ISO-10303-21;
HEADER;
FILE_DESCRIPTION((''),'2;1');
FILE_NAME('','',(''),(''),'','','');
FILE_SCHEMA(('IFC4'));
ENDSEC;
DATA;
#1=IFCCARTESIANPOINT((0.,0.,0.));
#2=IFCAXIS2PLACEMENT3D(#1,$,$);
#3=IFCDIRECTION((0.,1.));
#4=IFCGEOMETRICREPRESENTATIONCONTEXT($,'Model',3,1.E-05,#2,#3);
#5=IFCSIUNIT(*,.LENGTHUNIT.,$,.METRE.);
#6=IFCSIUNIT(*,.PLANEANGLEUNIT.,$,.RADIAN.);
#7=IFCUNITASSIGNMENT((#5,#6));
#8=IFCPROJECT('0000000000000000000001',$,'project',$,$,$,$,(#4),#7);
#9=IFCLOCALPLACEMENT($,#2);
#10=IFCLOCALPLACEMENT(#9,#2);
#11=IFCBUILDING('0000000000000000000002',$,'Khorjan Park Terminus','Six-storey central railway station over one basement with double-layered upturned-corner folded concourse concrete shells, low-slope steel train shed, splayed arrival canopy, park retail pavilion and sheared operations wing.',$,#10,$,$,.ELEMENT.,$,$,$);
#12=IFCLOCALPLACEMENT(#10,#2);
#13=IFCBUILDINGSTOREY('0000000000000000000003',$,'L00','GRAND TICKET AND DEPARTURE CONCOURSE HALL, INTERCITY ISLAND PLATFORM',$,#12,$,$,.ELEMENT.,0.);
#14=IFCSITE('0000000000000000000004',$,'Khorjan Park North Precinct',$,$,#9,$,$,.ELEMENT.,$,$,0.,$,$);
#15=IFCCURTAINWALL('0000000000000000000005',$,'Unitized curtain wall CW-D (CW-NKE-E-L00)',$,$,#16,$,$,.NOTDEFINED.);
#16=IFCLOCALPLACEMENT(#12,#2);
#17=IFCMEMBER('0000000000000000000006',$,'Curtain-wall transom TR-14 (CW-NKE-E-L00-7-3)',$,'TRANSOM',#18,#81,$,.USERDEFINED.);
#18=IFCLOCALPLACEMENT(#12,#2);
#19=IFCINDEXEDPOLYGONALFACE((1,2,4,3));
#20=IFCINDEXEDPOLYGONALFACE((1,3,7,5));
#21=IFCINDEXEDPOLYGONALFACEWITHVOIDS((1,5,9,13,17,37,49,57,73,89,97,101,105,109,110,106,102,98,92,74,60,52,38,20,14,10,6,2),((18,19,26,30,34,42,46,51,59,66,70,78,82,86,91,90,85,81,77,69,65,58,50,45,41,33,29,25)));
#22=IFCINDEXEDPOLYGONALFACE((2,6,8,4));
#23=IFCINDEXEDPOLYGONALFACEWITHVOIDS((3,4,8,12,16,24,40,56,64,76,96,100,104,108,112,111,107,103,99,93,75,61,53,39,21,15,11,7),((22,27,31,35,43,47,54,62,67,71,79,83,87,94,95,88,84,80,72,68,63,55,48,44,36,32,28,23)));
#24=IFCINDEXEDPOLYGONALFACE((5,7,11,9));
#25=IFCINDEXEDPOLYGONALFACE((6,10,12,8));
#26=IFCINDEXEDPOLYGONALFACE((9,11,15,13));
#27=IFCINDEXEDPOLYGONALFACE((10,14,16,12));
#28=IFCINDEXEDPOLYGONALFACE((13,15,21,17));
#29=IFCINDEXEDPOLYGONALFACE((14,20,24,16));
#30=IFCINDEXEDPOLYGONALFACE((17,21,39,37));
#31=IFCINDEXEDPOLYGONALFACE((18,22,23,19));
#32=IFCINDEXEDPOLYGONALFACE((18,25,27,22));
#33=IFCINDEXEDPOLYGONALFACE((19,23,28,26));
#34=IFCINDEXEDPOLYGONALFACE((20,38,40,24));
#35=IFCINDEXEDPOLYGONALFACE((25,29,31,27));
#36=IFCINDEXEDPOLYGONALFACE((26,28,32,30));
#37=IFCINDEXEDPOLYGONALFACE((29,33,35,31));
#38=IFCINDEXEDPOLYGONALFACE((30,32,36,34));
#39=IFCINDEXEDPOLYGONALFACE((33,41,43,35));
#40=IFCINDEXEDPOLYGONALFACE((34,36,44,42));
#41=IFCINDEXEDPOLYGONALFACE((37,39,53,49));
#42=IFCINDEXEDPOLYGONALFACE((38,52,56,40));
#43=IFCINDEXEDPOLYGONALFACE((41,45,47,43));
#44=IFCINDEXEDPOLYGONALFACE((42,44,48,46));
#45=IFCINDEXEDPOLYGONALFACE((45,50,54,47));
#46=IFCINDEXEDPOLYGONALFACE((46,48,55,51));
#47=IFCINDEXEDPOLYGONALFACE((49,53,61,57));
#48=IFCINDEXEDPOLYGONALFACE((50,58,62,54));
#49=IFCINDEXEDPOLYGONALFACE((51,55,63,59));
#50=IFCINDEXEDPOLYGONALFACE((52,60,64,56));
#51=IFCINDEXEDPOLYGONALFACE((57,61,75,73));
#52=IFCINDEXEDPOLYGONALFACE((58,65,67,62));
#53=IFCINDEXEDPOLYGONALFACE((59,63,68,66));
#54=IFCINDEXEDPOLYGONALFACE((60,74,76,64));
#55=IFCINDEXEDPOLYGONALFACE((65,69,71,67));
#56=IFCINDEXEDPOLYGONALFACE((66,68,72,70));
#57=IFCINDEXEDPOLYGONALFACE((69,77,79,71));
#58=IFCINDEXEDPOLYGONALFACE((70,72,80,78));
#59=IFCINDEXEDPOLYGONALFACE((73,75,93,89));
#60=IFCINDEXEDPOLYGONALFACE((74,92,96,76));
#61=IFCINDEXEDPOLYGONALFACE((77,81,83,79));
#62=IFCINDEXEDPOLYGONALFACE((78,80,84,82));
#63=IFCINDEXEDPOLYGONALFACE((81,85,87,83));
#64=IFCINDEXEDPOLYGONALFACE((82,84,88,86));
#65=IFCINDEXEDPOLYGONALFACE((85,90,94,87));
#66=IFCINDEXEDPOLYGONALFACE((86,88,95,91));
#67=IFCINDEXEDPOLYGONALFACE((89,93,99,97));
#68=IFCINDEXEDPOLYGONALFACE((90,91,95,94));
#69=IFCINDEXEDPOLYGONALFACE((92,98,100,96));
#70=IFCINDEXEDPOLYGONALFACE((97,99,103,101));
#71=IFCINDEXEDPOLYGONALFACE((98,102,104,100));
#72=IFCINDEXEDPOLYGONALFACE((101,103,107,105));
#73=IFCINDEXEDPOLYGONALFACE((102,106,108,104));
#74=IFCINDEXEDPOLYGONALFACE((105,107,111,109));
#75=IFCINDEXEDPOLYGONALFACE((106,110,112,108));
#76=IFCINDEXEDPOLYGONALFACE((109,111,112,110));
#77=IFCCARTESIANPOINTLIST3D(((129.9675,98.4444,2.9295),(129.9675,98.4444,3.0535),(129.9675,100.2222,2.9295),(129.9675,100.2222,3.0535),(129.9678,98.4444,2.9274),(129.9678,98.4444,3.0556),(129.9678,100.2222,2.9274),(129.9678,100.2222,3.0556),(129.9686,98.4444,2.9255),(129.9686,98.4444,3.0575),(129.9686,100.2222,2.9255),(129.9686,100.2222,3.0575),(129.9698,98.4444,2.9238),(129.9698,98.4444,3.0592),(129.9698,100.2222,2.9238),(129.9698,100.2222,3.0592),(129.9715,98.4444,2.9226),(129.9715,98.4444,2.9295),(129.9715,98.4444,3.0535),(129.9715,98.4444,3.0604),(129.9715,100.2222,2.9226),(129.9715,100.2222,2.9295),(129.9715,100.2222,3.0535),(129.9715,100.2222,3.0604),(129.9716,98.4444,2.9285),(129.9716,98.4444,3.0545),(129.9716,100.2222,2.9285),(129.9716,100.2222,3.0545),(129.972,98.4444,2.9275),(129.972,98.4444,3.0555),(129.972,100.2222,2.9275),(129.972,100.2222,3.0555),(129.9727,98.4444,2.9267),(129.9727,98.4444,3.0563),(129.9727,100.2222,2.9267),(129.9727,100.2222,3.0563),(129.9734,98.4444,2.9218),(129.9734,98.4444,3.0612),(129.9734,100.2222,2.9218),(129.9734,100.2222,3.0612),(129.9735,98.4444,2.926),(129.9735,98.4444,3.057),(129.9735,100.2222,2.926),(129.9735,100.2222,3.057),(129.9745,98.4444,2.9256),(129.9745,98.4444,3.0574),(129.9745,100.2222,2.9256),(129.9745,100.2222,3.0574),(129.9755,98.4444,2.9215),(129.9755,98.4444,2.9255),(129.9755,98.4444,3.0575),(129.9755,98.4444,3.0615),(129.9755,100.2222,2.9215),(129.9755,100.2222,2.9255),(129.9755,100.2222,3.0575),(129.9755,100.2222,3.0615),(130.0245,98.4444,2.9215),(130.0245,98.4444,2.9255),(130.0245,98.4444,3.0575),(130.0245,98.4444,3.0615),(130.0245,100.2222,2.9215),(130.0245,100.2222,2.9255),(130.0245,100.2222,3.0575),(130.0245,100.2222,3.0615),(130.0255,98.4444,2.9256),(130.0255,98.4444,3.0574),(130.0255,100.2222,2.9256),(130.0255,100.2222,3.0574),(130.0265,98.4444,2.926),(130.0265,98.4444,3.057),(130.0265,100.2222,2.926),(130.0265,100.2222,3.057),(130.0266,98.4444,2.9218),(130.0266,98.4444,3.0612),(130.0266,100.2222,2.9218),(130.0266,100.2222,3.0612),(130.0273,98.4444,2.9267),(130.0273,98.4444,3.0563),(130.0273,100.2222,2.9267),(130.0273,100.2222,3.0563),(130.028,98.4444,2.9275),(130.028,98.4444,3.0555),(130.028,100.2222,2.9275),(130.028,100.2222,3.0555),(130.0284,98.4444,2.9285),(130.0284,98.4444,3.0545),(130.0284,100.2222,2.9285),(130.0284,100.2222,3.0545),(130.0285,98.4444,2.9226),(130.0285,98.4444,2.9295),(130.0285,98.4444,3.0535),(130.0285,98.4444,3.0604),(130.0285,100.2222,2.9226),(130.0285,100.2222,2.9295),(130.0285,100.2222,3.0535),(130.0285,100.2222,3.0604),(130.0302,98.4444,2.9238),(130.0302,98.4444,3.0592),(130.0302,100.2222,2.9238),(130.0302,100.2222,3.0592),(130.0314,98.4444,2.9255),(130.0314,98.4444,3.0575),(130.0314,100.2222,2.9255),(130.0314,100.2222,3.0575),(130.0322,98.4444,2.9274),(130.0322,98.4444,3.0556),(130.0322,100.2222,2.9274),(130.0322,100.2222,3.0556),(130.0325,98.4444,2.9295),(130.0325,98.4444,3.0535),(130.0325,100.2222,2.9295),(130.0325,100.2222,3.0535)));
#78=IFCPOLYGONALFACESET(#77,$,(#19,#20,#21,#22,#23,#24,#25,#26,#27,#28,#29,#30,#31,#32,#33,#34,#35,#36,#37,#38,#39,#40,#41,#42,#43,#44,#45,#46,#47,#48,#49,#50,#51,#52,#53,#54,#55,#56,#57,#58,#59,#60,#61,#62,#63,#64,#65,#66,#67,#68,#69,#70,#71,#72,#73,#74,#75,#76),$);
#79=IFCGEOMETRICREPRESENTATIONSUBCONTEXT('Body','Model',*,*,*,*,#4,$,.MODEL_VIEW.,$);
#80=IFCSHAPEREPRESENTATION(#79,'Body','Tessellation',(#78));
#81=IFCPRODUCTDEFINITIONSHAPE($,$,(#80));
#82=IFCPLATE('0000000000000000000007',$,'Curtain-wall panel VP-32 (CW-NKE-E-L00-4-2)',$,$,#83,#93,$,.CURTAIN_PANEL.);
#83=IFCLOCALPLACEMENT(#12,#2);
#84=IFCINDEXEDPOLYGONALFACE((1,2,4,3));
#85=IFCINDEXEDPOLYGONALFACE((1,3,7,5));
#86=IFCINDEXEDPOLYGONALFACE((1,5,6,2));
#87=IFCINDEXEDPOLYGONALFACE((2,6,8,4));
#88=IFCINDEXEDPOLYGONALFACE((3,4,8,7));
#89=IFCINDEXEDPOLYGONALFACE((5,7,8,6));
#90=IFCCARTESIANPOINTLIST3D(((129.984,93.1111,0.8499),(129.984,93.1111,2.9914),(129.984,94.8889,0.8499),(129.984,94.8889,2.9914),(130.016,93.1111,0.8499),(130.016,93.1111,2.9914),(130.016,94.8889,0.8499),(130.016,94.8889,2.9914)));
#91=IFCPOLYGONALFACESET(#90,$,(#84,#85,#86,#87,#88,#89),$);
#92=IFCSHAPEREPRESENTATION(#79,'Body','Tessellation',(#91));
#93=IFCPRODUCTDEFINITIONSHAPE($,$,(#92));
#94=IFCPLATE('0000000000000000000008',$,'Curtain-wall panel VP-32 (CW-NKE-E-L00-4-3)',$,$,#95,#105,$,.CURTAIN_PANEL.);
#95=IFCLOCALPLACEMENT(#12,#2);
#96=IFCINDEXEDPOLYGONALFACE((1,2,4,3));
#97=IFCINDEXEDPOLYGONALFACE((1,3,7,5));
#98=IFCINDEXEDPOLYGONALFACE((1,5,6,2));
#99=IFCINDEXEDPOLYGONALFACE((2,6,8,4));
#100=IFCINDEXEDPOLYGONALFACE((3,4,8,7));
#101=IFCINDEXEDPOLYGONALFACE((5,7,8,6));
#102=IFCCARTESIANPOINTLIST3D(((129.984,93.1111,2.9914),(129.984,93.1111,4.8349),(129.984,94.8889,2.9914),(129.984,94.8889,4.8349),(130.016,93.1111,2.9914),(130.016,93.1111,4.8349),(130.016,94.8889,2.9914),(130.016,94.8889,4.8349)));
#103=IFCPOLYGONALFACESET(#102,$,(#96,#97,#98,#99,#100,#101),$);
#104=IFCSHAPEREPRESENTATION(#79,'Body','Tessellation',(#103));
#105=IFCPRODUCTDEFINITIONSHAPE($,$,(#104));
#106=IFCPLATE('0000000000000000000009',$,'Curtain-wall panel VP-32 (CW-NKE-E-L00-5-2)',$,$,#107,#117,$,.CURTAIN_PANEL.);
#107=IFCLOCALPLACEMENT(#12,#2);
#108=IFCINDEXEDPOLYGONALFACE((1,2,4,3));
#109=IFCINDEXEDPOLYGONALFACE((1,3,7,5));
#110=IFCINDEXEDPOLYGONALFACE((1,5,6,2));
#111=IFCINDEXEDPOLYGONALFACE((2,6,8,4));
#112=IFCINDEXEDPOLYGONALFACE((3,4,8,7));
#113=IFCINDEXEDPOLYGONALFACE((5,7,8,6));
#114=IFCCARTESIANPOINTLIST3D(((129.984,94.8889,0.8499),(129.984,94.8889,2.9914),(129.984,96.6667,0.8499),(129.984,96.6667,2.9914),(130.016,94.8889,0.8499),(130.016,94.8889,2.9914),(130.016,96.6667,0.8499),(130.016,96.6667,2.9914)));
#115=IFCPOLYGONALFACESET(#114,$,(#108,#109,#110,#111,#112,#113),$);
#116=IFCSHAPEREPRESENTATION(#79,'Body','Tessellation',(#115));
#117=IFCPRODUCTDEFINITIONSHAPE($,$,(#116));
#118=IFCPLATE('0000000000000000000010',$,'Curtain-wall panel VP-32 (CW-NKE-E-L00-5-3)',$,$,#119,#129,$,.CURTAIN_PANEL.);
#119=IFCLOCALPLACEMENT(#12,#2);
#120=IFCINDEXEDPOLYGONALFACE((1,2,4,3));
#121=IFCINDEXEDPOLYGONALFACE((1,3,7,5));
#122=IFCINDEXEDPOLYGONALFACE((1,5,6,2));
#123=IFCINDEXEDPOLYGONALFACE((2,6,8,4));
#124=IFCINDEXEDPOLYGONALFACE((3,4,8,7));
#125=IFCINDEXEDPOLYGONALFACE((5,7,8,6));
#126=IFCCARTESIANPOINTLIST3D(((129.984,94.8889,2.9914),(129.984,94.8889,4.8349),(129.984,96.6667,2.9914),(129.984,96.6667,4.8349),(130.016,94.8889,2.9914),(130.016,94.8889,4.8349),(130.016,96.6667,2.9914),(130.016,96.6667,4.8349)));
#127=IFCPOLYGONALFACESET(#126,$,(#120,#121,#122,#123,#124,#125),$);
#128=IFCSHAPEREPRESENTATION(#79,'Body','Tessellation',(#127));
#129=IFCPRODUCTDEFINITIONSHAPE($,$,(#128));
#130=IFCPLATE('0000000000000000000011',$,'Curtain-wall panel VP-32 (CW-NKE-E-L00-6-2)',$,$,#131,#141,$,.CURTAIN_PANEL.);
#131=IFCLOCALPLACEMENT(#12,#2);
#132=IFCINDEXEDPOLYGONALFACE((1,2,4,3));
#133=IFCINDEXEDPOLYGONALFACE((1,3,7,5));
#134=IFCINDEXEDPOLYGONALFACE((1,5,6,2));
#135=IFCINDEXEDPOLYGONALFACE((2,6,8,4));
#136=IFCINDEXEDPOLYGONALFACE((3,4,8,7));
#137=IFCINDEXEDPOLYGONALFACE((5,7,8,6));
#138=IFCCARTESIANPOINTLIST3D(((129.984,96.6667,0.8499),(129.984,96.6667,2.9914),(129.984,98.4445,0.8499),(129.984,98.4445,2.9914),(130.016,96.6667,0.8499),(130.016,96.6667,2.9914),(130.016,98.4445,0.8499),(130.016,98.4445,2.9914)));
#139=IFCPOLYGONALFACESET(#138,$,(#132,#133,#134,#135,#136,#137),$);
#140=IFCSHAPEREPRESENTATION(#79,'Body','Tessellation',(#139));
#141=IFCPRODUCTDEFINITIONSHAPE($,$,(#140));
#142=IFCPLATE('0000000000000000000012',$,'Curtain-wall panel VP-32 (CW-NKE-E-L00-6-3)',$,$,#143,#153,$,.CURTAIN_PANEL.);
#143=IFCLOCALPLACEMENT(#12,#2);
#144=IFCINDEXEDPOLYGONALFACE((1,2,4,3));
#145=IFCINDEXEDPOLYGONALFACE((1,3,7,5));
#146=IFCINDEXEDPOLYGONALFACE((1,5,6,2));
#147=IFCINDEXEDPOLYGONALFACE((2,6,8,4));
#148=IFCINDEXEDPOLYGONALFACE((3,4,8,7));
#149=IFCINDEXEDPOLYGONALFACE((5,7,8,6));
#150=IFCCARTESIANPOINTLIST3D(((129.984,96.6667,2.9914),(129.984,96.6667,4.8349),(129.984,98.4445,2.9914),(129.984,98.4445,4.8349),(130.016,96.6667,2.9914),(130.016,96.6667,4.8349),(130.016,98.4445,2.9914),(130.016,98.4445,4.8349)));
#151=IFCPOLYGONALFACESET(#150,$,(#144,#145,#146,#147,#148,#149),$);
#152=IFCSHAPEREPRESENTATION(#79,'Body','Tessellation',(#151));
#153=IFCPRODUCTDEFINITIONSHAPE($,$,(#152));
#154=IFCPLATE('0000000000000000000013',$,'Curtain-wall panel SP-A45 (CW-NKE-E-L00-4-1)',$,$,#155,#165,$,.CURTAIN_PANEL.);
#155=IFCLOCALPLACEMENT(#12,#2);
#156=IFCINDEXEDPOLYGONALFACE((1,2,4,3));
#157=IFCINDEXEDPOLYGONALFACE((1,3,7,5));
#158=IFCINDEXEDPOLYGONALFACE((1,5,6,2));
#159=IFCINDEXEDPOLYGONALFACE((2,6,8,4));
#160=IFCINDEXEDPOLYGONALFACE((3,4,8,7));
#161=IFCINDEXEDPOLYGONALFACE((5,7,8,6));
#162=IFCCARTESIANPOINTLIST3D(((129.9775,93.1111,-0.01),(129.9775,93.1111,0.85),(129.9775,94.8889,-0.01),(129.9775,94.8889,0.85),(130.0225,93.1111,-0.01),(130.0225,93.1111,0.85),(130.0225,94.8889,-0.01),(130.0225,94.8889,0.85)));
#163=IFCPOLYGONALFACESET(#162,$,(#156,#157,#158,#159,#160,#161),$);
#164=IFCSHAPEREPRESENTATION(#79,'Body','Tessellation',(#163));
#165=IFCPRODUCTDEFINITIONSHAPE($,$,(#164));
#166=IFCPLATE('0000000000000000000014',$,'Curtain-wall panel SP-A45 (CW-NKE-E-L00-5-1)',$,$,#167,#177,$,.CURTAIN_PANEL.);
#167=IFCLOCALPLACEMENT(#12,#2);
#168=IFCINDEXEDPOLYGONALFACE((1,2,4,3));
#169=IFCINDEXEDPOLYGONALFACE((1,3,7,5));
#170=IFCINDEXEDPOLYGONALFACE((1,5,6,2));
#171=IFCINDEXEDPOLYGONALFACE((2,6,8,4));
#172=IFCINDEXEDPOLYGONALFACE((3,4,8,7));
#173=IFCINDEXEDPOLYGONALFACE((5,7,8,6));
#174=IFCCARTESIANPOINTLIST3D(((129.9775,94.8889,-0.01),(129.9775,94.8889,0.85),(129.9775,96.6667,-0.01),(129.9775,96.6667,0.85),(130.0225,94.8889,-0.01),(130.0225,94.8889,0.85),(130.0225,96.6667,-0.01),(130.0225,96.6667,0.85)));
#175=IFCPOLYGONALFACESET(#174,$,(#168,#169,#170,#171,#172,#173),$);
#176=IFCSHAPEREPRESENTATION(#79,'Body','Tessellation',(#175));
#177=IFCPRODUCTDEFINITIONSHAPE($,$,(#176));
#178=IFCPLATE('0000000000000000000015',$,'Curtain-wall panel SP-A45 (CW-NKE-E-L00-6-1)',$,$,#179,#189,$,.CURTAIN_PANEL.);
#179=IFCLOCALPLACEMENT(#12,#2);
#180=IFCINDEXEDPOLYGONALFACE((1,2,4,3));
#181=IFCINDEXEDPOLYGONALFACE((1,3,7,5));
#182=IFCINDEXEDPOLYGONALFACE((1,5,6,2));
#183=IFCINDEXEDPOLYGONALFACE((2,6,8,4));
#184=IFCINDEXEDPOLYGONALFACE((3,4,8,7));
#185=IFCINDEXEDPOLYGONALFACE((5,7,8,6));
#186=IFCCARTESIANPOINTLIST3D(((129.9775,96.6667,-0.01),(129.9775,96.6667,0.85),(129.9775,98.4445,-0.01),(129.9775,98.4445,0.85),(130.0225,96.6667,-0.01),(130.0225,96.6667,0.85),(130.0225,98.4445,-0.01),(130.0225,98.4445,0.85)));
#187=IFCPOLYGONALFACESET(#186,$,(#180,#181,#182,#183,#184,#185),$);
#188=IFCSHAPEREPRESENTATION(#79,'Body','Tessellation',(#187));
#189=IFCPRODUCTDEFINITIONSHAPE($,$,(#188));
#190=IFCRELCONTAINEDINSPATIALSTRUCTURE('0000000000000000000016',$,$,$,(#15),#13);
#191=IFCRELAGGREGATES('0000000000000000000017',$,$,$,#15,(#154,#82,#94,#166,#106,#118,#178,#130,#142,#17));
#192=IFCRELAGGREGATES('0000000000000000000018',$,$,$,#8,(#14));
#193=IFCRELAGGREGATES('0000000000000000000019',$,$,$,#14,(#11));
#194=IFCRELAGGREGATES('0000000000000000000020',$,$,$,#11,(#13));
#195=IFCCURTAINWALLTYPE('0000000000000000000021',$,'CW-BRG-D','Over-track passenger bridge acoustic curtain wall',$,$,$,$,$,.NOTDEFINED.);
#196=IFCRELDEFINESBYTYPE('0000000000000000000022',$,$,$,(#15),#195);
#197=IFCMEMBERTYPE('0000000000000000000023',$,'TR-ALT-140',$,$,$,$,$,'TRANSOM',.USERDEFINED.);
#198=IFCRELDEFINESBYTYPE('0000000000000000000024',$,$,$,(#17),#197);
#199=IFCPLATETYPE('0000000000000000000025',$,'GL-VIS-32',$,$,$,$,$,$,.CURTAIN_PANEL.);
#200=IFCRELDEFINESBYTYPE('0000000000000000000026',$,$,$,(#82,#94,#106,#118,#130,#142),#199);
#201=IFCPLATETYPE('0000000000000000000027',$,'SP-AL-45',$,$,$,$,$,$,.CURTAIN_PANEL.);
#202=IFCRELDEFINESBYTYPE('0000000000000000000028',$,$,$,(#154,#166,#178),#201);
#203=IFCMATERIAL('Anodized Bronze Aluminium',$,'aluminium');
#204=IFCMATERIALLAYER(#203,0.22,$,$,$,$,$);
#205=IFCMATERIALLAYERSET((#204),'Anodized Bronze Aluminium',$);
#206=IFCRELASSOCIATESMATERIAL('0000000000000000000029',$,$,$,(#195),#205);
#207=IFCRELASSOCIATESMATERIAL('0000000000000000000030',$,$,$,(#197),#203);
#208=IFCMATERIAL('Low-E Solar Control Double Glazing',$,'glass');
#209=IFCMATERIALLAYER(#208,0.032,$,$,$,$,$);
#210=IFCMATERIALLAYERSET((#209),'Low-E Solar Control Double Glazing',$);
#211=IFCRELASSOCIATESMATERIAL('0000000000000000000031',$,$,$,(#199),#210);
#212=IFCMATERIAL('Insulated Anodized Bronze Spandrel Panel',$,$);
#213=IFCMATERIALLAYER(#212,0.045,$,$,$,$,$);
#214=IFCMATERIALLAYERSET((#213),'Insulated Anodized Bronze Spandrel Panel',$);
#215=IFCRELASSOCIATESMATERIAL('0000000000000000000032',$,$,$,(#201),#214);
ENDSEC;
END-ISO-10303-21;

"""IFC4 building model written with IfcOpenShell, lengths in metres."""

from ifc_helpers import new_model, si_unit, direction, frame, origin, origin_2d, place, context, subcontext, project, spatial, rectangle, hollow_rectangle, extrude, material, layer, layer_set, material_profile, profile_set, type_object, element, aggregate, save


model = new_model("IFC4")

# Units and contexts
model_context = context("Model", 3, precision=1e-05, world=origin(), true_north=direction((0.0, 1.0)))
body_context = subcontext(model_context, "Body", "Model", "MODEL_VIEW")
ifc_project = project(units=[si_unit("LENGTHUNIT", "METRE"), si_unit("PLANEANGLEUNIT", "RADIAN")], contexts=[model_context])

# Site, building, storey
site_placement = place(None, origin())
site = spatial("IfcSite", under=ifc_project, at=site_placement, Name="Khorjan Park North Precinct", CompositionType="ELEMENT", RefElevation=0.0)
building_placement = place(site_placement, origin())
building = spatial("IfcBuilding", under=site, at=building_placement, Name="Khorjan Park Terminus", Description="Six-storey central railway station over one basement with double-layered upturned-corner folded concourse concrete shells, low-slope steel train shed, splayed arrival canopy, park retail pavilion and sheared operations wing.", CompositionType="ELEMENT")
storey_placement = place(building_placement, origin())
storey = spatial("IfcBuildingStorey", under=building, at=storey_placement, Name="L00", Description="GRAND TICKET AND DEPARTURE CONCOURSE HALL, INTERCITY ISLAND PLATFORM", CompositionType="ELEMENT", Elevation=0.0)

# Curtain wall, member, plates
ifc_material_1 = material(Name="Anodized Bronze Aluminium", Category="aluminium")
ifc_layer_1 = layer(ifc_material_1, 0.22)
ifc_layer_set_1 = layer_set([ifc_layer_1], Name="Anodized Bronze Aluminium")
curtain_wall_type = type_object("IfcCurtainWallType", Name="CW-BRG-D", Description="Over-track passenger bridge acoustic curtain wall", PredefinedType="NOTDEFINED", material=ifc_layer_set_1)
curtain_wall_placement = place(storey_placement, origin())
curtain_wall = element("IfcCurtainWall", 1, at=curtain_wall_placement, inside=storey, type_object=curtain_wall_type, Name="Unitized curtain wall CW-D (CW-NKE-E-L00)", PredefinedType="NOTDEFINED")
ifc_material_profile_1 = material_profile(ifc_material_1, hollow_rectangle(XDim=0.065, YDim=0.14, WallThickness=0.004, InnerFilletRadius=0.004, OuterFilletRadius=0.008, at=origin_2d()), Name="ALT 65x140x4")
ifc_profile_set_1 = profile_set([ifc_material_profile_1], Name="Anodized Bronze Aluminium")
member_type_1 = type_object("IfcMemberType", Name="TR-ALT-140", ElementType="TRANSOM", PredefinedType="USERDEFINED", material=ifc_profile_set_1)
member_1_placement = place(storey_placement, frame((130.0, 98.4444, 2.9915), z_axis=(0.0, 1.0, 0.0), x_axis=(-1.0, 0.0, 0.0)))
member_1 = element("IfcMember", 2, at=member_1_placement, type_object=member_type_1, Name="Curtain-wall transom TR-14 (CW-NKE-E-L00-7-3)", ObjectType="TRANSOM", PredefinedType="USERDEFINED", context=body_context, shape_type="SweptSolid", body=[
    extrude(hollow_rectangle(XDim=0.065, YDim=0.14, WallThickness=0.004, InnerFilletRadius=0.004, OuterFilletRadius=0.008, at=origin_2d()), origin(), (0.0, 0.0, 1.0), 1.7778),
])
ifc_material_2 = material(Name="Low-E Solar Control Double Glazing", Category="glass")
ifc_layer_2 = layer(ifc_material_2, 0.032)
ifc_layer_set_2 = layer_set([ifc_layer_2], Name="Low-E Solar Control Double Glazing")
plate_type_1 = type_object("IfcPlateType", Name="GL-VIS-32", PredefinedType="CURTAIN_PANEL", material=ifc_layer_set_2)
plate_1_placement = place(storey_placement, frame((130.0, 94.0, 0.8499), z_axis=(0.0, 0.0, 1.0), x_axis=(0.0, 1.0, 0.0)))
plate_1 = element("IfcPlate", 3, at=plate_1_placement, type_object=plate_type_1, Name="Curtain-wall panel VP-32 (CW-NKE-E-L00-4-2)", PredefinedType="CURTAIN_PANEL", context=body_context, shape_type="SweptSolid", body=[
    extrude(rectangle(XDim=1.7778, YDim=0.032, at=origin_2d()), origin(), (0.0, 0.0, 1.0), 2.1415),
])
plate_2_placement = place(storey_placement, frame((130.0, 94.0, 2.9914), z_axis=(0.0, 0.0, 1.0), x_axis=(0.0, 1.0, 0.0)))
plate_2 = element("IfcPlate", 4, at=plate_2_placement, type_object=plate_type_1, Name="Curtain-wall panel VP-32 (CW-NKE-E-L00-4-3)", PredefinedType="CURTAIN_PANEL", context=body_context, shape_type="SweptSolid", body=[
    extrude(rectangle(XDim=1.7778, YDim=0.032, at=origin_2d()), origin(), (0.0, 0.0, 1.0), 1.8435),
])
plate_3_placement = place(storey_placement, frame((130.0, 95.7778, 0.8499), z_axis=(0.0, 0.0, 1.0), x_axis=(0.0, 1.0, 0.0)))
plate_3 = element("IfcPlate", 5, at=plate_3_placement, type_object=plate_type_1, Name="Curtain-wall panel VP-32 (CW-NKE-E-L00-5-2)", PredefinedType="CURTAIN_PANEL", context=body_context, shape_type="SweptSolid", body=[
    extrude(rectangle(XDim=1.7778, YDim=0.032, at=origin_2d()), origin(), (0.0, 0.0, 1.0), 2.1415),
])
plate_4_placement = place(storey_placement, frame((130.0, 95.7778, 2.9914), z_axis=(0.0, 0.0, 1.0), x_axis=(0.0, 1.0, 0.0)))
plate_4 = element("IfcPlate", 6, at=plate_4_placement, type_object=plate_type_1, Name="Curtain-wall panel VP-32 (CW-NKE-E-L00-5-3)", PredefinedType="CURTAIN_PANEL", context=body_context, shape_type="SweptSolid", body=[
    extrude(rectangle(XDim=1.7778, YDim=0.032, at=origin_2d()), origin(), (0.0, 0.0, 1.0), 1.8435),
])
plate_5_placement = place(storey_placement, frame((130.0, 97.5556, 0.8499), z_axis=(0.0, 0.0, 1.0), x_axis=(0.0, 1.0, 0.0)))
plate_5 = element("IfcPlate", 7, at=plate_5_placement, type_object=plate_type_1, Name="Curtain-wall panel VP-32 (CW-NKE-E-L00-6-2)", PredefinedType="CURTAIN_PANEL", context=body_context, shape_type="SweptSolid", body=[
    extrude(rectangle(XDim=1.7778, YDim=0.032, at=origin_2d()), origin(), (0.0, 0.0, 1.0), 2.1415),
])
plate_6_placement = place(storey_placement, frame((130.0, 97.5556, 2.9914), z_axis=(0.0, 0.0, 1.0), x_axis=(0.0, 1.0, 0.0)))
plate_6 = element("IfcPlate", 8, at=plate_6_placement, type_object=plate_type_1, Name="Curtain-wall panel VP-32 (CW-NKE-E-L00-6-3)", PredefinedType="CURTAIN_PANEL", context=body_context, shape_type="SweptSolid", body=[
    extrude(rectangle(XDim=1.7778, YDim=0.032, at=origin_2d()), origin(), (0.0, 0.0, 1.0), 1.8435),
])
ifc_material_3 = material(Name="Insulated Anodized Bronze Spandrel Panel")
ifc_layer_3 = layer(ifc_material_3, 0.045)
ifc_layer_set_3 = layer_set([ifc_layer_3], Name="Insulated Anodized Bronze Spandrel Panel")
plate_type_2 = type_object("IfcPlateType", Name="SP-AL-45", PredefinedType="CURTAIN_PANEL", material=ifc_layer_set_3)
plate_7_placement = place(storey_placement, frame((130.0, 94.0, -0.01), z_axis=(0.0, 0.0, 1.0), x_axis=(0.0, 1.0, 0.0)))
plate_7 = element("IfcPlate", 9, at=plate_7_placement, type_object=plate_type_2, Name="Curtain-wall panel SP-A45 (CW-NKE-E-L00-4-1)", PredefinedType="CURTAIN_PANEL", context=body_context, shape_type="SweptSolid", body=[
    extrude(rectangle(XDim=1.7778, YDim=0.045, at=origin_2d()), origin(), (0.0, 0.0, 1.0), 0.86),
])
plate_8_placement = place(storey_placement, frame((130.0, 95.7778, -0.01), z_axis=(0.0, 0.0, 1.0), x_axis=(0.0, 1.0, 0.0)))
plate_8 = element("IfcPlate", 10, at=plate_8_placement, type_object=plate_type_2, Name="Curtain-wall panel SP-A45 (CW-NKE-E-L00-5-1)", PredefinedType="CURTAIN_PANEL", context=body_context, shape_type="SweptSolid", body=[
    extrude(rectangle(XDim=1.7778, YDim=0.045, at=origin_2d()), origin(), (0.0, 0.0, 1.0), 0.86),
])
plate_9_placement = place(storey_placement, frame((130.0, 97.5556, -0.01), z_axis=(0.0, 0.0, 1.0), x_axis=(0.0, 1.0, 0.0)))
plate_9 = element("IfcPlate", 11, at=plate_9_placement, type_object=plate_type_2, Name="Curtain-wall panel SP-A45 (CW-NKE-E-L00-6-1)", PredefinedType="CURTAIN_PANEL", context=body_context, shape_type="SweptSolid", body=[
    extrude(rectangle(XDim=1.7778, YDim=0.045, at=origin_2d()), origin(), (0.0, 0.0, 1.0), 0.86),
])
aggregate(curtain_wall, [plate_7, plate_1, plate_2, plate_8, plate_3, plate_4, plate_9, plate_5, plate_6, member_1])

save(model, "model.ifc")
